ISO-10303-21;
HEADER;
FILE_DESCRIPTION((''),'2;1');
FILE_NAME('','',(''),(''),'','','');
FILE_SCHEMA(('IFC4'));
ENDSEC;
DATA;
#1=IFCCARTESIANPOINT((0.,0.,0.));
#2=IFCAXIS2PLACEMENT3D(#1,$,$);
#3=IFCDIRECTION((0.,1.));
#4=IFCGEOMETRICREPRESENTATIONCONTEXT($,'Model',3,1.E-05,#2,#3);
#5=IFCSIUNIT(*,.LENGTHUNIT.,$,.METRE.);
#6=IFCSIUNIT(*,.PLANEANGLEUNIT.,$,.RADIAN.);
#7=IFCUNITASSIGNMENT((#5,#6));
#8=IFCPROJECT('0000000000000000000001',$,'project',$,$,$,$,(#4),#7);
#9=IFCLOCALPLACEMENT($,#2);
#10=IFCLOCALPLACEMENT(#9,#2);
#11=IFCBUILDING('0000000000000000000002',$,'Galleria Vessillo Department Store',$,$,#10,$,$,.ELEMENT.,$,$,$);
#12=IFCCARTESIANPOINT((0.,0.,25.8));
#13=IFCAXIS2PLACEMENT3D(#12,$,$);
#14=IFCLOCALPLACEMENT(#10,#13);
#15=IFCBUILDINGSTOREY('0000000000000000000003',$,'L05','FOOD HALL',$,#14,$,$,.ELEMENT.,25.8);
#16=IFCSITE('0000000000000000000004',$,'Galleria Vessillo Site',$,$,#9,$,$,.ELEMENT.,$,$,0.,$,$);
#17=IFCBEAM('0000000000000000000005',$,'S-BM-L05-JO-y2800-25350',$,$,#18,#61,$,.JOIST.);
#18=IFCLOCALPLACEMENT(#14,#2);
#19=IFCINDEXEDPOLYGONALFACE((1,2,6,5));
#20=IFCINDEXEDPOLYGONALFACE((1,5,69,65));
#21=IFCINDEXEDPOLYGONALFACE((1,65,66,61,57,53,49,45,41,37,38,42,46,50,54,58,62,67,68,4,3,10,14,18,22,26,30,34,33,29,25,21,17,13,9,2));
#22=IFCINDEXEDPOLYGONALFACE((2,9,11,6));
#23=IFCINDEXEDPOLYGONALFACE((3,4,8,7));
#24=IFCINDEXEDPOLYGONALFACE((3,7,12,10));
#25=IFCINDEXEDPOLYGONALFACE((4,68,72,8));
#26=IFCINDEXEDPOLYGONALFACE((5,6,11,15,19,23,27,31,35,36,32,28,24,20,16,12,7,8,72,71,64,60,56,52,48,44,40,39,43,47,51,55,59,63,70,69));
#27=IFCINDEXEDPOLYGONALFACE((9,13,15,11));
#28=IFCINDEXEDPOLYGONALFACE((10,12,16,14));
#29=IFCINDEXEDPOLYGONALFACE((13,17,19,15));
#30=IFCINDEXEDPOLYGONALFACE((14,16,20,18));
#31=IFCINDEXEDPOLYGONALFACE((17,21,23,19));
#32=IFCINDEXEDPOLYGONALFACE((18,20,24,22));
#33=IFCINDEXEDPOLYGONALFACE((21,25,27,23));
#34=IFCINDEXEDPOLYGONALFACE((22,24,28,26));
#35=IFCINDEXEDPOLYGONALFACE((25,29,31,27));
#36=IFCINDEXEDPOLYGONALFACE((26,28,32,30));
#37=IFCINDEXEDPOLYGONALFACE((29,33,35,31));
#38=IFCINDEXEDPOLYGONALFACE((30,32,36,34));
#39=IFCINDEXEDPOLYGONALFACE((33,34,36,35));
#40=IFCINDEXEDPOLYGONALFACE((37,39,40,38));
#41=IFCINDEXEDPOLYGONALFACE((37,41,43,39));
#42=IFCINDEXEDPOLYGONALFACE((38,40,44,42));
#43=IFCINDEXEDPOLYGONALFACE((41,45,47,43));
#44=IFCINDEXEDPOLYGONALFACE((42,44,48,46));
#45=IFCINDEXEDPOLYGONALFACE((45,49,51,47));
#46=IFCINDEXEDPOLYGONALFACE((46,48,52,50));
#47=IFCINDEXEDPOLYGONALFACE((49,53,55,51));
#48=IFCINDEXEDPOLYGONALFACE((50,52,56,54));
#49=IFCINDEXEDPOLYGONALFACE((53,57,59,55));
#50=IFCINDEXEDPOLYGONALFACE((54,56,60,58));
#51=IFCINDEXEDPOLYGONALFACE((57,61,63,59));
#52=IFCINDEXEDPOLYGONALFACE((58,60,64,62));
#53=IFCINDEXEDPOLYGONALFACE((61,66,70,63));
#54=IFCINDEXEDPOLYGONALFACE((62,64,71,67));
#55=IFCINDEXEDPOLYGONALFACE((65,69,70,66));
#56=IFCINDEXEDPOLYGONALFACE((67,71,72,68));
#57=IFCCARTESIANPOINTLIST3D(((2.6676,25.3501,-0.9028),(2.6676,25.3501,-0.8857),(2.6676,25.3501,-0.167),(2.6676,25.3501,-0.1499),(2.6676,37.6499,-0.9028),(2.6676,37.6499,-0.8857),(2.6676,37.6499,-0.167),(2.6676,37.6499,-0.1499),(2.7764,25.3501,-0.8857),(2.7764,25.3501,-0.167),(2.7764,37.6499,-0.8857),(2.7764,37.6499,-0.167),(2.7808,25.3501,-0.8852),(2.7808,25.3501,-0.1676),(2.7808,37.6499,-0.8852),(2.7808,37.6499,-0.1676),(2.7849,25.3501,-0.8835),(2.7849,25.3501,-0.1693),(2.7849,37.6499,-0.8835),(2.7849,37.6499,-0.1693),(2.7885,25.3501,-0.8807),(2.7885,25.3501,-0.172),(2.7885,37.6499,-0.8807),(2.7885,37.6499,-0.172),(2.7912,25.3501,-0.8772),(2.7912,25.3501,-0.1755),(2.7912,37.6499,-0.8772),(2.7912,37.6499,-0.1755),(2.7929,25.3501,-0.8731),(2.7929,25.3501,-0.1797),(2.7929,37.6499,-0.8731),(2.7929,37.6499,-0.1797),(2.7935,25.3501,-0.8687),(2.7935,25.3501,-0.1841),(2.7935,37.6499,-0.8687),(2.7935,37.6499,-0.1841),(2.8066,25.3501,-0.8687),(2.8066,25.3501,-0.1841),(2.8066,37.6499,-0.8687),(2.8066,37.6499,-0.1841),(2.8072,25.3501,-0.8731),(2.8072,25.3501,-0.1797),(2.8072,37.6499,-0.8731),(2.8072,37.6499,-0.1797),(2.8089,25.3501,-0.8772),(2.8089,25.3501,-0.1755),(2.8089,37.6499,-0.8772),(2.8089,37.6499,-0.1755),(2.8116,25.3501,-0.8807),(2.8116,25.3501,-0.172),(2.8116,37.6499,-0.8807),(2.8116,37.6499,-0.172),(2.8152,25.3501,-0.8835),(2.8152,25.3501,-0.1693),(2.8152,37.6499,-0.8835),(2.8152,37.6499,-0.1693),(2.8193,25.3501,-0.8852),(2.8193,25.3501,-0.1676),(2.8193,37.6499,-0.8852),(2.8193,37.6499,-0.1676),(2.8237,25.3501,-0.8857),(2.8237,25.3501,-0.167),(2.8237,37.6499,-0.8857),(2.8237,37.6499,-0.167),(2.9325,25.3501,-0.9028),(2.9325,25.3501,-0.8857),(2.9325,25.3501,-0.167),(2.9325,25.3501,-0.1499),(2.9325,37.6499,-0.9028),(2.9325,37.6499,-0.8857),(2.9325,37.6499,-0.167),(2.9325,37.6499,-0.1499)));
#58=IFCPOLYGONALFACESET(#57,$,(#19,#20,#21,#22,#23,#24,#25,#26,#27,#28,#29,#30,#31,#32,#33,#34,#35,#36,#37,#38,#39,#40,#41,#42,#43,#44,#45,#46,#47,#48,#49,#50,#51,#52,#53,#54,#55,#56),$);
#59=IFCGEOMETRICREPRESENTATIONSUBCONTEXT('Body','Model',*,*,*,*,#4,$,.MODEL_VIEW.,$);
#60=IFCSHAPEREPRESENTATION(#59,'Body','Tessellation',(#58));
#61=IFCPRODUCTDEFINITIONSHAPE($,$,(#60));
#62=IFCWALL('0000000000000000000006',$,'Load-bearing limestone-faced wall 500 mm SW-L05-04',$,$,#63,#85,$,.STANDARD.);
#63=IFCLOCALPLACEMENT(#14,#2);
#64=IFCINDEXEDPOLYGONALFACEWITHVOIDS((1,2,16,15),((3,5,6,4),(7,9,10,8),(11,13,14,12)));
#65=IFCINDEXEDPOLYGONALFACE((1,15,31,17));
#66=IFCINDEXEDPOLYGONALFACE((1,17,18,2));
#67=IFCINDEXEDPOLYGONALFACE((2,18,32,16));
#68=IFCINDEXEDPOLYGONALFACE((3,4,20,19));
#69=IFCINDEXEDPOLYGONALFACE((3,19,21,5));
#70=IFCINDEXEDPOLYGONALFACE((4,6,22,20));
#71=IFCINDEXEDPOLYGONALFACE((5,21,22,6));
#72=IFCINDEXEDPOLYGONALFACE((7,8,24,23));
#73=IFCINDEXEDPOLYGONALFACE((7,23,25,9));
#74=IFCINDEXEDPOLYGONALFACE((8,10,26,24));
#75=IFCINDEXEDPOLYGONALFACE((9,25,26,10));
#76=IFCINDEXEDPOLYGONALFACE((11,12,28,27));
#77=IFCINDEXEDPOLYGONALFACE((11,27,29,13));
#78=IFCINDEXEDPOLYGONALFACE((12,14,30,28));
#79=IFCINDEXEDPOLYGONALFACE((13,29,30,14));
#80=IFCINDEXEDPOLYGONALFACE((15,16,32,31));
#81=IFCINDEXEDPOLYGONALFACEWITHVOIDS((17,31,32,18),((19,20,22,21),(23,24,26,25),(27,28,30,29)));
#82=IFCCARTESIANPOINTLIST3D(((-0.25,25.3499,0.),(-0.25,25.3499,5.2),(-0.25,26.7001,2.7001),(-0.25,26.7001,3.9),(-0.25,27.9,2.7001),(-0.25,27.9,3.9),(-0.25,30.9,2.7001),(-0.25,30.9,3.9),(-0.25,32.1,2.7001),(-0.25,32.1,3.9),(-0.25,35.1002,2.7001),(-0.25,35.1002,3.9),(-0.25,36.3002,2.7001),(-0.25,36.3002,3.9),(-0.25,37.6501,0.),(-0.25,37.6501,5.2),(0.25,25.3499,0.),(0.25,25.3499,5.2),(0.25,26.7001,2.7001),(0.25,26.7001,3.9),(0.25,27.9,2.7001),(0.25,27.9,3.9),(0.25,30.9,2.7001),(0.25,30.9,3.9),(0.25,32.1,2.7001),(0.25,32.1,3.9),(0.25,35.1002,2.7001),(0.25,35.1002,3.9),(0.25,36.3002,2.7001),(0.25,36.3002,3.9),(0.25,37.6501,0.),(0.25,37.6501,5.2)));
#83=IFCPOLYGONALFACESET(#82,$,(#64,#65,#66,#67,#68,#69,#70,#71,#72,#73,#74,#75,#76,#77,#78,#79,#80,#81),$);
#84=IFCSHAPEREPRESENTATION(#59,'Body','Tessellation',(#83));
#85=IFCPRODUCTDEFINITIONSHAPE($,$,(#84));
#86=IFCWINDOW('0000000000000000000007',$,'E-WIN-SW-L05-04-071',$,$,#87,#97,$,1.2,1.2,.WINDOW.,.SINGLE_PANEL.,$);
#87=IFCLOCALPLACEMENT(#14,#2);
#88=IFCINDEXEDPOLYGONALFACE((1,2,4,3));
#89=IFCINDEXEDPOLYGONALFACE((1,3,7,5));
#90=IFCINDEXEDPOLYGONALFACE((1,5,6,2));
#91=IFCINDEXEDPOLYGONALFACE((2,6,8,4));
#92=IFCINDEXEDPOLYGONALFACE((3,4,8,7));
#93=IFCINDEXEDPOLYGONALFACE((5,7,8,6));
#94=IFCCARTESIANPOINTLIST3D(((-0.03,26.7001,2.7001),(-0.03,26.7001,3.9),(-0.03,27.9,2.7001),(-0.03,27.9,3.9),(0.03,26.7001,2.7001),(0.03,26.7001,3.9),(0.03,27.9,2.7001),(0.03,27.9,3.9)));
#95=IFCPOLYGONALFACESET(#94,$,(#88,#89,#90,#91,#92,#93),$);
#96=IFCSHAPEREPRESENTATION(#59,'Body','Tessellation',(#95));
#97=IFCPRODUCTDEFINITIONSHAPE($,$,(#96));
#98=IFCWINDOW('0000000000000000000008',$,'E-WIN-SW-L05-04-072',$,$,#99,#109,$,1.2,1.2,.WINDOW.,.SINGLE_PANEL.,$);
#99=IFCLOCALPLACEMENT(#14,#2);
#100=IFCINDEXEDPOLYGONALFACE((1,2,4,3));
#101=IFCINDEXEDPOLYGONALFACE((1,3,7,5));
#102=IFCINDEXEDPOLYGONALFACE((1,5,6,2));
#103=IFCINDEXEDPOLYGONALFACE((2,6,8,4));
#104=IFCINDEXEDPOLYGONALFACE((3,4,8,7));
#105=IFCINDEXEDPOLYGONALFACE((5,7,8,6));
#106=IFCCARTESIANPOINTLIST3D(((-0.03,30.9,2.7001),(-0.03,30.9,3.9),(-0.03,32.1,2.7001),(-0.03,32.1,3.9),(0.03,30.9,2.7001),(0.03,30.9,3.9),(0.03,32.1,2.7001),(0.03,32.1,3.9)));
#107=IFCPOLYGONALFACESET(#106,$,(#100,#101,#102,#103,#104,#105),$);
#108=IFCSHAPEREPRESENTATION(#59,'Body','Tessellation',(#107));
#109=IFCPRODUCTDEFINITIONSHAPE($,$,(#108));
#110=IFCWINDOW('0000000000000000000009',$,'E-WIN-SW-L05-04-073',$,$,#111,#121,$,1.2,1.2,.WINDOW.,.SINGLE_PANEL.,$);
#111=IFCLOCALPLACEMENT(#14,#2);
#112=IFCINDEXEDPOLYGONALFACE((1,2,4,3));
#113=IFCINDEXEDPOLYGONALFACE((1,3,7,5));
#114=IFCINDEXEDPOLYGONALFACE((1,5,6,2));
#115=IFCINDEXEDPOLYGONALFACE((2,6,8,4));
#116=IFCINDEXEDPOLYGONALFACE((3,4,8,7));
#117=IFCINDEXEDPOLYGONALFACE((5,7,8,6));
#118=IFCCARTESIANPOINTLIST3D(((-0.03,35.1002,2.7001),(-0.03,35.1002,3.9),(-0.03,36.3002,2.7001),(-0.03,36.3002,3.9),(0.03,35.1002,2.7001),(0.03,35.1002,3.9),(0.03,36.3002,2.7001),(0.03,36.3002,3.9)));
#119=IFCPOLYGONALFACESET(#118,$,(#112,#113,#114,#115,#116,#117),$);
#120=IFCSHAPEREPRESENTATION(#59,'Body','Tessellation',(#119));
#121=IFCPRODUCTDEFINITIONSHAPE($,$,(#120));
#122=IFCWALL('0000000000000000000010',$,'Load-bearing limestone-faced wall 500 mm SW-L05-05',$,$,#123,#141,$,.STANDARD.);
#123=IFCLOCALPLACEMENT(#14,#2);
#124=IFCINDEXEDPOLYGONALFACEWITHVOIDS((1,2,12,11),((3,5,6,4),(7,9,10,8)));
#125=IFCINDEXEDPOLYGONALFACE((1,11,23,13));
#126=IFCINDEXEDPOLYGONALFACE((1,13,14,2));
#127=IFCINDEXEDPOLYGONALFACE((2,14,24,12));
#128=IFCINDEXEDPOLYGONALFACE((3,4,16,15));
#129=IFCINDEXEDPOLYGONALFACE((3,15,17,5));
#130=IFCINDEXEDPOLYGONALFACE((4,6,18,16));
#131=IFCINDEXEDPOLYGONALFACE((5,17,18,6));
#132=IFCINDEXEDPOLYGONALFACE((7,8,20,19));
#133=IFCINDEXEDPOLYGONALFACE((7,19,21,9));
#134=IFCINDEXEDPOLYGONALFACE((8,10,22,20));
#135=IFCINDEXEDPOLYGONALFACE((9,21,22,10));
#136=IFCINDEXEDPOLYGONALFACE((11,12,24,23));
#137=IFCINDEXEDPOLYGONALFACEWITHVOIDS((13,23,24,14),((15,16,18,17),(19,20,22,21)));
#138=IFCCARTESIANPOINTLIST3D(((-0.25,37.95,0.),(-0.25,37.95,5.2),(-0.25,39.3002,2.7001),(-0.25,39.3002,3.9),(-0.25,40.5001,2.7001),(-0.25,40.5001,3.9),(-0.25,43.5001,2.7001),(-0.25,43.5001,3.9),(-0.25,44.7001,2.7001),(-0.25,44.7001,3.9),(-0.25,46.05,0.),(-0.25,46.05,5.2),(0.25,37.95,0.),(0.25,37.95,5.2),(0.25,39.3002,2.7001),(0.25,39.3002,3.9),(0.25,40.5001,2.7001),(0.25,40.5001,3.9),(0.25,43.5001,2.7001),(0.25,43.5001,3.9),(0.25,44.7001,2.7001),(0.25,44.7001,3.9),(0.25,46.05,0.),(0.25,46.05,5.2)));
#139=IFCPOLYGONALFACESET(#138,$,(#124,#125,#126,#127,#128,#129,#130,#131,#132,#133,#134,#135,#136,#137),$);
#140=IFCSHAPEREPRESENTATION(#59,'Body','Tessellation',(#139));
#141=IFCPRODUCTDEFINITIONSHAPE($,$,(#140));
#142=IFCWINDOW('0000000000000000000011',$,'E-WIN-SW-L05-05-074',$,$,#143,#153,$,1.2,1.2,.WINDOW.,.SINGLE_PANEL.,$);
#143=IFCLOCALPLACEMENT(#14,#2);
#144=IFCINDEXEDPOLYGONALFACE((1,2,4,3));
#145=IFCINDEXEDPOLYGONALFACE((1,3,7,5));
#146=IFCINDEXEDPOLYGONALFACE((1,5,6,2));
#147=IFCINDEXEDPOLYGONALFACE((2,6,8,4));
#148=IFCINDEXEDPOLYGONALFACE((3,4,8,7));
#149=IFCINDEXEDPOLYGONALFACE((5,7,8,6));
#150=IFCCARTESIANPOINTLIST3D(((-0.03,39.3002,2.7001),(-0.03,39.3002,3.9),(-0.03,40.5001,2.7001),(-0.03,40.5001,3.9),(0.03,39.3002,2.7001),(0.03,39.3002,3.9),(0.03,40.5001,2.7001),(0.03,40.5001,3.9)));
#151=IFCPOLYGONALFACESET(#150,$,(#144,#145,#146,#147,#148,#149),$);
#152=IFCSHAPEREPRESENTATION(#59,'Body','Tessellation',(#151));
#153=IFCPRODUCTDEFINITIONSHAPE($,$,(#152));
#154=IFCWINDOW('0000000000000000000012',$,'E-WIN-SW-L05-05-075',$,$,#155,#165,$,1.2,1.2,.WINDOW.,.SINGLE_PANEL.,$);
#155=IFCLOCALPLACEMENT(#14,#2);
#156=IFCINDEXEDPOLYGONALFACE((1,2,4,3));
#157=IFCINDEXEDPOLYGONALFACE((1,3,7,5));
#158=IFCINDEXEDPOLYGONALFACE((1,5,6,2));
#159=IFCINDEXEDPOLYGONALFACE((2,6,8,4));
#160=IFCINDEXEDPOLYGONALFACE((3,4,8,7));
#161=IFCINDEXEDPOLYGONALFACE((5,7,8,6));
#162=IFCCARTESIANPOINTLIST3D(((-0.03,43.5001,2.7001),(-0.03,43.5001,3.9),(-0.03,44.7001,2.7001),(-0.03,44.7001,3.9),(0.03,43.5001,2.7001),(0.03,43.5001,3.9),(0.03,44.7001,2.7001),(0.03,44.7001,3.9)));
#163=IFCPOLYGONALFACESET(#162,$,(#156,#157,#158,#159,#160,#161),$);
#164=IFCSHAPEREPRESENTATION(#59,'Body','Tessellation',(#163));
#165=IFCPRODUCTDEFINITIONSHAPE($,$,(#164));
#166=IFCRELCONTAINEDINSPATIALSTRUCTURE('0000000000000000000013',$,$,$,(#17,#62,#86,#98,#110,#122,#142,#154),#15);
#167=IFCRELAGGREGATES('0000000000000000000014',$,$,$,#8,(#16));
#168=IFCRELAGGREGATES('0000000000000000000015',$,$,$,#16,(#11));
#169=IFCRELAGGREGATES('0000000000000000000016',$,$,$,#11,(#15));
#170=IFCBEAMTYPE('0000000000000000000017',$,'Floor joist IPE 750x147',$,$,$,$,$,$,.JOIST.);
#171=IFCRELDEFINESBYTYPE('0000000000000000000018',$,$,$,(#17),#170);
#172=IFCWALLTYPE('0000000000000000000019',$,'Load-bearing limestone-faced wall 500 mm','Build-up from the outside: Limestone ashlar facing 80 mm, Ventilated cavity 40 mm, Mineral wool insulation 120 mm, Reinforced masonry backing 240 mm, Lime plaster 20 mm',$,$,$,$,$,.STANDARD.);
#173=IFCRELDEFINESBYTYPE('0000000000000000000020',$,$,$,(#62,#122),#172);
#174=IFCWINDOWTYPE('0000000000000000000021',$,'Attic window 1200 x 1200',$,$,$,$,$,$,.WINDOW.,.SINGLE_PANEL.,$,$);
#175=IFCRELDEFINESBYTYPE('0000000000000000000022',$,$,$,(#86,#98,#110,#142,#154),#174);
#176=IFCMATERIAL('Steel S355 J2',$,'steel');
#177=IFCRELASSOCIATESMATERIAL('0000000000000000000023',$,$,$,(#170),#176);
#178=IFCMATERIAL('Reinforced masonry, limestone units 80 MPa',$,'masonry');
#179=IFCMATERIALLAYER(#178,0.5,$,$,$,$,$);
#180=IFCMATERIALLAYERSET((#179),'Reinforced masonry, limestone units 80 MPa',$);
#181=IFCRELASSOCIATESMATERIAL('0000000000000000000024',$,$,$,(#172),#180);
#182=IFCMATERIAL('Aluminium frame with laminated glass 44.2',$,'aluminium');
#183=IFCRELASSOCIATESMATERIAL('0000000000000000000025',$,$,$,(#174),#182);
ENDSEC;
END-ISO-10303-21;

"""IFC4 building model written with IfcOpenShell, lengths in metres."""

from ifc_helpers import new_model, si_unit, direction, frame, frame_2d, origin, origin_2d, place, context, subcontext, project, spatial, rectangle, i_section, extrude, material, layer, layer_set, material_profile, profile_set, type_object, element, fill, save


model = new_model("IFC4")

# Units and contexts
model_context = context("Model", 3, precision=1e-05, world=origin(), true_north=direction((0.0, 1.0)))
body_context = subcontext(model_context, "Body", "Model", "MODEL_VIEW")
ifc_project = project(units=[si_unit("LENGTHUNIT", "METRE"), si_unit("PLANEANGLEUNIT", "RADIAN")], contexts=[model_context])

# Site, building, storey
site_placement = place(None, origin())
site = spatial("IfcSite", under=ifc_project, at=site_placement, Name="Galleria Vessillo Site", CompositionType="ELEMENT", RefElevation=0.0)
building_placement = place(site_placement, origin())
building = spatial("IfcBuilding", under=site, at=building_placement, Name="Galleria Vessillo Department Store", CompositionType="ELEMENT")
storey_placement = place(building_placement, frame((0.0, 0.0, 25.8)))
storey = spatial("IfcBuildingStorey", under=building, at=storey_placement, Name="L05", Description="FOOD HALL", CompositionType="ELEMENT", Elevation=25.8)

# Beam
ifc_material_1 = material(Name="Steel S355 J2", Category="steel")
ifc_material_profile_1 = material_profile(ifc_material_1, i_section(OverallWidth=0.2649, OverallDepth=0.7529, WebThickness=0.0132, FlangeThickness=0.0171, FilletRadius=0.0171, at=origin_2d()), Name="IPE 750x147")
ifc_profile_set_1 = profile_set([ifc_material_profile_1], Name="Steel S355 J2")
beam_type_1 = type_object("IfcBeamType", Name="Floor joist IPE 750x147", PredefinedType="JOIST", material=ifc_profile_set_1)
beam_1_placement = place(storey_placement, frame((2.8, 25.3501, -0.5264), z_axis=(0.0, 1.0, 0.0), x_axis=(-1.0, 0.0, 0.0)))
element("IfcBeam", 1, at=beam_1_placement, inside=storey, type_object=beam_type_1, Name="S-BM-L05-JO-y2800-25350", PredefinedType="JOIST", context=body_context, shape_type="SweptSolid", body=[
    extrude(i_section(OverallWidth=0.2649, OverallDepth=0.7529, WebThickness=0.0132, FlangeThickness=0.0171, FilletRadius=0.0171, at=origin_2d()), origin(), (0.0, 0.0, 1.0), 12.2998),
])

# Walls, openings, windows
ifc_material_2 = material(Name="Reinforced masonry, limestone units 80 MPa", Category="masonry")
ifc_layer_1 = layer(ifc_material_2, 0.5)
ifc_layer_set_1 = layer_set([ifc_layer_1], Name="Reinforced masonry, limestone units 80 MPa")
wall_type_1 = type_object("IfcWallType", Name="Load-bearing limestone-faced wall 500 mm", Description="Build-up from the outside: Limestone ashlar facing 80 mm, Ventilated cavity 40 mm, Mineral wool insulation 120 mm, Reinforced masonry backing 240 mm, Lime plaster 20 mm", PredefinedType="STANDARD", material=ifc_layer_set_1)
wall_1_placement = place(storey_placement, frame((0.0, 25.3499, 0.0), z_axis=(0.0, 0.0, 1.0), x_axis=(0.0, 1.0, 0.0)))
wall_1 = element("IfcWall", 2, at=wall_1_placement, inside=storey, type_object=wall_type_1, Name="Load-bearing limestone-faced wall 500 mm SW-L05-04", PredefinedType="STANDARD", context=body_context, shape_type="SweptSolid", body=[
    extrude(rectangle(XDim=12.3003, YDim=0.5, at=frame_2d((6.1501, 0.0))), origin(), (0.0, 0.0, 1.0), 5.2),
])
opening_1_placement = place(wall_1_placement, frame((1.3501, 0.0, 2.7)))
opening_1 = element("IfcOpeningElement", 3, at=opening_1_placement, cuts=wall_1, PredefinedType="OPENING", context=body_context, shape_type="SweptSolid", body=[
    extrude(rectangle(XDim=1.2, YDim=1.2, at=frame_2d((0.6001, 0.6001))), frame((0.0, 0.26, 0.0), z_axis=(0.0, -1.0, 0.0), x_axis=(1.0, 0.0, 0.0)), (0.0, 0.0, 1.0), 0.52),
])
opening_2_placement = place(wall_1_placement, frame((5.55, 0.0, 2.7)))
opening_2 = element("IfcOpeningElement", 4, at=opening_2_placement, cuts=wall_1, PredefinedType="OPENING", context=body_context, shape_type="SweptSolid", body=[
    extrude(rectangle(XDim=1.2, YDim=1.2, at=frame_2d((0.6001, 0.6001))), frame((0.0, 0.26, 0.0), z_axis=(0.0, -1.0, 0.0), x_axis=(1.0, 0.0, 0.0)), (0.0, 0.0, 1.0), 0.52),
])
opening_3_placement = place(wall_1_placement, frame((9.7502, 0.0, 2.7)))
opening_3 = element("IfcOpeningElement", 5, at=opening_3_placement, cuts=wall_1, PredefinedType="OPENING", context=body_context, shape_type="SweptSolid", body=[
    extrude(rectangle(XDim=1.2, YDim=1.2, at=frame_2d((0.6001, 0.6001))), frame((0.0, 0.26, 0.0), z_axis=(0.0, -1.0, 0.0), x_axis=(1.0, 0.0, 0.0)), (0.0, 0.0, 1.0), 0.52),
])
ifc_material_3 = material(Name="Aluminium frame with laminated glass 44.2", Category="aluminium")
window_type = type_object("IfcWindowType", Name="Attic window 1200 x 1200", PartitioningType="SINGLE_PANEL", PredefinedType="WINDOW", material=ifc_material_3)
window_1_placement = place(opening_1_placement, origin())
window_1 = element("IfcWindow", 6, at=window_1_placement, inside=storey, type_object=window_type, Name="E-WIN-SW-L05-04-071", OverallHeight=1.2, OverallWidth=1.2, PartitioningType="SINGLE_PANEL", PredefinedType="WINDOW", context=body_context, shape_type="SweptSolid", body=[
    extrude(rectangle(XDim=1.2, YDim=1.2, at=frame_2d((0.6001, 0.6001))), frame((0.0, 0.03, 0.0), z_axis=(0.0, -1.0, 0.0), x_axis=(1.0, 0.0, 0.0)), (0.0, 0.0, 1.0), 0.0601),
])
fill(opening_1, window_1)
window_2_placement = place(opening_2_placement, origin())
window_2 = element("IfcWindow", 7, at=window_2_placement, inside=storey, type_object=window_type, Name="E-WIN-SW-L05-04-072", OverallHeight=1.2, OverallWidth=1.2, PartitioningType="SINGLE_PANEL", PredefinedType="WINDOW", context=body_context, shape_type="SweptSolid", body=[
    extrude(rectangle(XDim=1.2, YDim=1.2, at=frame_2d((0.6001, 0.6001))), frame((0.0, 0.03, 0.0), z_axis=(0.0, -1.0, 0.0), x_axis=(1.0, 0.0, 0.0)), (0.0, 0.0, 1.0), 0.0601),
])
fill(opening_2, window_2)
window_3_placement = place(opening_3_placement, origin())
window_3 = element("IfcWindow", 8, at=window_3_placement, inside=storey, type_object=window_type, Name="E-WIN-SW-L05-04-073", OverallHeight=1.2, OverallWidth=1.2, PartitioningType="SINGLE_PANEL", PredefinedType="WINDOW", context=body_context, shape_type="SweptSolid", body=[
    extrude(rectangle(XDim=1.2, YDim=1.2, at=frame_2d((0.6001, 0.6001))), frame((0.0, 0.03, 0.0), z_axis=(0.0, -1.0, 0.0), x_axis=(1.0, 0.0, 0.0)), (0.0, 0.0, 1.0), 0.0601),
])
fill(opening_3, window_3)
wall_2_placement = place(storey_placement, frame((0.0, 37.95, 0.0), z_axis=(0.0, 0.0, 1.0), x_axis=(0.0, 1.0, 0.0)))
wall_2 = element("IfcWall", 9, at=wall_2_placement, inside=storey, type_object=wall_type_1, Name="Load-bearing limestone-faced wall 500 mm SW-L05-05", PredefinedType="STANDARD", context=body_context, shape_type="SweptSolid", body=[
    extrude(rectangle(XDim=8.1001, YDim=0.5, at=frame_2d((4.05, 0.0))), origin(), (0.0, 0.0, 1.0), 5.2),
])
opening_4_placement = place(wall_2_placement, frame((1.3501, 0.0, 2.7)))
opening_4 = element("IfcOpeningElement", 10, at=opening_4_placement, cuts=wall_2, PredefinedType="OPENING", context=body_context, shape_type="SweptSolid", body=[
    extrude(rectangle(XDim=1.2, YDim=1.2, at=frame_2d((0.6001, 0.6001))), frame((0.0, 0.26, 0.0), z_axis=(0.0, -1.0, 0.0), x_axis=(1.0, 0.0, 0.0)), (0.0, 0.0, 1.0), 0.52),
])
opening_5_placement = place(wall_2_placement, frame((5.55, 0.0, 2.7)))
opening_5 = element("IfcOpeningElement", 11, at=opening_5_placement, cuts=wall_2, PredefinedType="OPENING", context=body_context, shape_type="SweptSolid", body=[
    extrude(rectangle(XDim=1.2, YDim=1.2, at=frame_2d((0.6001, 0.6001))), frame((0.0, 0.26, 0.0), z_axis=(0.0, -1.0, 0.0), x_axis=(1.0, 0.0, 0.0)), (0.0, 0.0, 1.0), 0.52),
])
window_4_placement = place(opening_4_placement, origin())
window_4 = element("IfcWindow", 12, at=window_4_placement, inside=storey, type_object=window_type, Name="E-WIN-SW-L05-05-074", OverallHeight=1.2, OverallWidth=1.2, PartitioningType="SINGLE_PANEL", PredefinedType="WINDOW", context=body_context, shape_type="SweptSolid", body=[
    extrude(rectangle(XDim=1.2, YDim=1.2, at=frame_2d((0.6001, 0.6001))), frame((0.0, 0.03, 0.0), z_axis=(0.0, -1.0, 0.0), x_axis=(1.0, 0.0, 0.0)), (0.0, 0.0, 1.0), 0.0601),
])
fill(opening_4, window_4)
window_5_placement = place(opening_5_placement, origin())
window_5 = element("IfcWindow", 13, at=window_5_placement, inside=storey, type_object=window_type, Name="E-WIN-SW-L05-05-075", OverallHeight=1.2, OverallWidth=1.2, PartitioningType="SINGLE_PANEL", PredefinedType="WINDOW", context=body_context, shape_type="SweptSolid", body=[
    extrude(rectangle(XDim=1.2, YDim=1.2, at=frame_2d((0.6001, 0.6001))), frame((0.0, 0.03, 0.0), z_axis=(0.0, -1.0, 0.0), x_axis=(1.0, 0.0, 0.0)), (0.0, 0.0, 1.0), 0.0601),
])
fill(opening_5, window_5)

save(model, "model.ifc")
